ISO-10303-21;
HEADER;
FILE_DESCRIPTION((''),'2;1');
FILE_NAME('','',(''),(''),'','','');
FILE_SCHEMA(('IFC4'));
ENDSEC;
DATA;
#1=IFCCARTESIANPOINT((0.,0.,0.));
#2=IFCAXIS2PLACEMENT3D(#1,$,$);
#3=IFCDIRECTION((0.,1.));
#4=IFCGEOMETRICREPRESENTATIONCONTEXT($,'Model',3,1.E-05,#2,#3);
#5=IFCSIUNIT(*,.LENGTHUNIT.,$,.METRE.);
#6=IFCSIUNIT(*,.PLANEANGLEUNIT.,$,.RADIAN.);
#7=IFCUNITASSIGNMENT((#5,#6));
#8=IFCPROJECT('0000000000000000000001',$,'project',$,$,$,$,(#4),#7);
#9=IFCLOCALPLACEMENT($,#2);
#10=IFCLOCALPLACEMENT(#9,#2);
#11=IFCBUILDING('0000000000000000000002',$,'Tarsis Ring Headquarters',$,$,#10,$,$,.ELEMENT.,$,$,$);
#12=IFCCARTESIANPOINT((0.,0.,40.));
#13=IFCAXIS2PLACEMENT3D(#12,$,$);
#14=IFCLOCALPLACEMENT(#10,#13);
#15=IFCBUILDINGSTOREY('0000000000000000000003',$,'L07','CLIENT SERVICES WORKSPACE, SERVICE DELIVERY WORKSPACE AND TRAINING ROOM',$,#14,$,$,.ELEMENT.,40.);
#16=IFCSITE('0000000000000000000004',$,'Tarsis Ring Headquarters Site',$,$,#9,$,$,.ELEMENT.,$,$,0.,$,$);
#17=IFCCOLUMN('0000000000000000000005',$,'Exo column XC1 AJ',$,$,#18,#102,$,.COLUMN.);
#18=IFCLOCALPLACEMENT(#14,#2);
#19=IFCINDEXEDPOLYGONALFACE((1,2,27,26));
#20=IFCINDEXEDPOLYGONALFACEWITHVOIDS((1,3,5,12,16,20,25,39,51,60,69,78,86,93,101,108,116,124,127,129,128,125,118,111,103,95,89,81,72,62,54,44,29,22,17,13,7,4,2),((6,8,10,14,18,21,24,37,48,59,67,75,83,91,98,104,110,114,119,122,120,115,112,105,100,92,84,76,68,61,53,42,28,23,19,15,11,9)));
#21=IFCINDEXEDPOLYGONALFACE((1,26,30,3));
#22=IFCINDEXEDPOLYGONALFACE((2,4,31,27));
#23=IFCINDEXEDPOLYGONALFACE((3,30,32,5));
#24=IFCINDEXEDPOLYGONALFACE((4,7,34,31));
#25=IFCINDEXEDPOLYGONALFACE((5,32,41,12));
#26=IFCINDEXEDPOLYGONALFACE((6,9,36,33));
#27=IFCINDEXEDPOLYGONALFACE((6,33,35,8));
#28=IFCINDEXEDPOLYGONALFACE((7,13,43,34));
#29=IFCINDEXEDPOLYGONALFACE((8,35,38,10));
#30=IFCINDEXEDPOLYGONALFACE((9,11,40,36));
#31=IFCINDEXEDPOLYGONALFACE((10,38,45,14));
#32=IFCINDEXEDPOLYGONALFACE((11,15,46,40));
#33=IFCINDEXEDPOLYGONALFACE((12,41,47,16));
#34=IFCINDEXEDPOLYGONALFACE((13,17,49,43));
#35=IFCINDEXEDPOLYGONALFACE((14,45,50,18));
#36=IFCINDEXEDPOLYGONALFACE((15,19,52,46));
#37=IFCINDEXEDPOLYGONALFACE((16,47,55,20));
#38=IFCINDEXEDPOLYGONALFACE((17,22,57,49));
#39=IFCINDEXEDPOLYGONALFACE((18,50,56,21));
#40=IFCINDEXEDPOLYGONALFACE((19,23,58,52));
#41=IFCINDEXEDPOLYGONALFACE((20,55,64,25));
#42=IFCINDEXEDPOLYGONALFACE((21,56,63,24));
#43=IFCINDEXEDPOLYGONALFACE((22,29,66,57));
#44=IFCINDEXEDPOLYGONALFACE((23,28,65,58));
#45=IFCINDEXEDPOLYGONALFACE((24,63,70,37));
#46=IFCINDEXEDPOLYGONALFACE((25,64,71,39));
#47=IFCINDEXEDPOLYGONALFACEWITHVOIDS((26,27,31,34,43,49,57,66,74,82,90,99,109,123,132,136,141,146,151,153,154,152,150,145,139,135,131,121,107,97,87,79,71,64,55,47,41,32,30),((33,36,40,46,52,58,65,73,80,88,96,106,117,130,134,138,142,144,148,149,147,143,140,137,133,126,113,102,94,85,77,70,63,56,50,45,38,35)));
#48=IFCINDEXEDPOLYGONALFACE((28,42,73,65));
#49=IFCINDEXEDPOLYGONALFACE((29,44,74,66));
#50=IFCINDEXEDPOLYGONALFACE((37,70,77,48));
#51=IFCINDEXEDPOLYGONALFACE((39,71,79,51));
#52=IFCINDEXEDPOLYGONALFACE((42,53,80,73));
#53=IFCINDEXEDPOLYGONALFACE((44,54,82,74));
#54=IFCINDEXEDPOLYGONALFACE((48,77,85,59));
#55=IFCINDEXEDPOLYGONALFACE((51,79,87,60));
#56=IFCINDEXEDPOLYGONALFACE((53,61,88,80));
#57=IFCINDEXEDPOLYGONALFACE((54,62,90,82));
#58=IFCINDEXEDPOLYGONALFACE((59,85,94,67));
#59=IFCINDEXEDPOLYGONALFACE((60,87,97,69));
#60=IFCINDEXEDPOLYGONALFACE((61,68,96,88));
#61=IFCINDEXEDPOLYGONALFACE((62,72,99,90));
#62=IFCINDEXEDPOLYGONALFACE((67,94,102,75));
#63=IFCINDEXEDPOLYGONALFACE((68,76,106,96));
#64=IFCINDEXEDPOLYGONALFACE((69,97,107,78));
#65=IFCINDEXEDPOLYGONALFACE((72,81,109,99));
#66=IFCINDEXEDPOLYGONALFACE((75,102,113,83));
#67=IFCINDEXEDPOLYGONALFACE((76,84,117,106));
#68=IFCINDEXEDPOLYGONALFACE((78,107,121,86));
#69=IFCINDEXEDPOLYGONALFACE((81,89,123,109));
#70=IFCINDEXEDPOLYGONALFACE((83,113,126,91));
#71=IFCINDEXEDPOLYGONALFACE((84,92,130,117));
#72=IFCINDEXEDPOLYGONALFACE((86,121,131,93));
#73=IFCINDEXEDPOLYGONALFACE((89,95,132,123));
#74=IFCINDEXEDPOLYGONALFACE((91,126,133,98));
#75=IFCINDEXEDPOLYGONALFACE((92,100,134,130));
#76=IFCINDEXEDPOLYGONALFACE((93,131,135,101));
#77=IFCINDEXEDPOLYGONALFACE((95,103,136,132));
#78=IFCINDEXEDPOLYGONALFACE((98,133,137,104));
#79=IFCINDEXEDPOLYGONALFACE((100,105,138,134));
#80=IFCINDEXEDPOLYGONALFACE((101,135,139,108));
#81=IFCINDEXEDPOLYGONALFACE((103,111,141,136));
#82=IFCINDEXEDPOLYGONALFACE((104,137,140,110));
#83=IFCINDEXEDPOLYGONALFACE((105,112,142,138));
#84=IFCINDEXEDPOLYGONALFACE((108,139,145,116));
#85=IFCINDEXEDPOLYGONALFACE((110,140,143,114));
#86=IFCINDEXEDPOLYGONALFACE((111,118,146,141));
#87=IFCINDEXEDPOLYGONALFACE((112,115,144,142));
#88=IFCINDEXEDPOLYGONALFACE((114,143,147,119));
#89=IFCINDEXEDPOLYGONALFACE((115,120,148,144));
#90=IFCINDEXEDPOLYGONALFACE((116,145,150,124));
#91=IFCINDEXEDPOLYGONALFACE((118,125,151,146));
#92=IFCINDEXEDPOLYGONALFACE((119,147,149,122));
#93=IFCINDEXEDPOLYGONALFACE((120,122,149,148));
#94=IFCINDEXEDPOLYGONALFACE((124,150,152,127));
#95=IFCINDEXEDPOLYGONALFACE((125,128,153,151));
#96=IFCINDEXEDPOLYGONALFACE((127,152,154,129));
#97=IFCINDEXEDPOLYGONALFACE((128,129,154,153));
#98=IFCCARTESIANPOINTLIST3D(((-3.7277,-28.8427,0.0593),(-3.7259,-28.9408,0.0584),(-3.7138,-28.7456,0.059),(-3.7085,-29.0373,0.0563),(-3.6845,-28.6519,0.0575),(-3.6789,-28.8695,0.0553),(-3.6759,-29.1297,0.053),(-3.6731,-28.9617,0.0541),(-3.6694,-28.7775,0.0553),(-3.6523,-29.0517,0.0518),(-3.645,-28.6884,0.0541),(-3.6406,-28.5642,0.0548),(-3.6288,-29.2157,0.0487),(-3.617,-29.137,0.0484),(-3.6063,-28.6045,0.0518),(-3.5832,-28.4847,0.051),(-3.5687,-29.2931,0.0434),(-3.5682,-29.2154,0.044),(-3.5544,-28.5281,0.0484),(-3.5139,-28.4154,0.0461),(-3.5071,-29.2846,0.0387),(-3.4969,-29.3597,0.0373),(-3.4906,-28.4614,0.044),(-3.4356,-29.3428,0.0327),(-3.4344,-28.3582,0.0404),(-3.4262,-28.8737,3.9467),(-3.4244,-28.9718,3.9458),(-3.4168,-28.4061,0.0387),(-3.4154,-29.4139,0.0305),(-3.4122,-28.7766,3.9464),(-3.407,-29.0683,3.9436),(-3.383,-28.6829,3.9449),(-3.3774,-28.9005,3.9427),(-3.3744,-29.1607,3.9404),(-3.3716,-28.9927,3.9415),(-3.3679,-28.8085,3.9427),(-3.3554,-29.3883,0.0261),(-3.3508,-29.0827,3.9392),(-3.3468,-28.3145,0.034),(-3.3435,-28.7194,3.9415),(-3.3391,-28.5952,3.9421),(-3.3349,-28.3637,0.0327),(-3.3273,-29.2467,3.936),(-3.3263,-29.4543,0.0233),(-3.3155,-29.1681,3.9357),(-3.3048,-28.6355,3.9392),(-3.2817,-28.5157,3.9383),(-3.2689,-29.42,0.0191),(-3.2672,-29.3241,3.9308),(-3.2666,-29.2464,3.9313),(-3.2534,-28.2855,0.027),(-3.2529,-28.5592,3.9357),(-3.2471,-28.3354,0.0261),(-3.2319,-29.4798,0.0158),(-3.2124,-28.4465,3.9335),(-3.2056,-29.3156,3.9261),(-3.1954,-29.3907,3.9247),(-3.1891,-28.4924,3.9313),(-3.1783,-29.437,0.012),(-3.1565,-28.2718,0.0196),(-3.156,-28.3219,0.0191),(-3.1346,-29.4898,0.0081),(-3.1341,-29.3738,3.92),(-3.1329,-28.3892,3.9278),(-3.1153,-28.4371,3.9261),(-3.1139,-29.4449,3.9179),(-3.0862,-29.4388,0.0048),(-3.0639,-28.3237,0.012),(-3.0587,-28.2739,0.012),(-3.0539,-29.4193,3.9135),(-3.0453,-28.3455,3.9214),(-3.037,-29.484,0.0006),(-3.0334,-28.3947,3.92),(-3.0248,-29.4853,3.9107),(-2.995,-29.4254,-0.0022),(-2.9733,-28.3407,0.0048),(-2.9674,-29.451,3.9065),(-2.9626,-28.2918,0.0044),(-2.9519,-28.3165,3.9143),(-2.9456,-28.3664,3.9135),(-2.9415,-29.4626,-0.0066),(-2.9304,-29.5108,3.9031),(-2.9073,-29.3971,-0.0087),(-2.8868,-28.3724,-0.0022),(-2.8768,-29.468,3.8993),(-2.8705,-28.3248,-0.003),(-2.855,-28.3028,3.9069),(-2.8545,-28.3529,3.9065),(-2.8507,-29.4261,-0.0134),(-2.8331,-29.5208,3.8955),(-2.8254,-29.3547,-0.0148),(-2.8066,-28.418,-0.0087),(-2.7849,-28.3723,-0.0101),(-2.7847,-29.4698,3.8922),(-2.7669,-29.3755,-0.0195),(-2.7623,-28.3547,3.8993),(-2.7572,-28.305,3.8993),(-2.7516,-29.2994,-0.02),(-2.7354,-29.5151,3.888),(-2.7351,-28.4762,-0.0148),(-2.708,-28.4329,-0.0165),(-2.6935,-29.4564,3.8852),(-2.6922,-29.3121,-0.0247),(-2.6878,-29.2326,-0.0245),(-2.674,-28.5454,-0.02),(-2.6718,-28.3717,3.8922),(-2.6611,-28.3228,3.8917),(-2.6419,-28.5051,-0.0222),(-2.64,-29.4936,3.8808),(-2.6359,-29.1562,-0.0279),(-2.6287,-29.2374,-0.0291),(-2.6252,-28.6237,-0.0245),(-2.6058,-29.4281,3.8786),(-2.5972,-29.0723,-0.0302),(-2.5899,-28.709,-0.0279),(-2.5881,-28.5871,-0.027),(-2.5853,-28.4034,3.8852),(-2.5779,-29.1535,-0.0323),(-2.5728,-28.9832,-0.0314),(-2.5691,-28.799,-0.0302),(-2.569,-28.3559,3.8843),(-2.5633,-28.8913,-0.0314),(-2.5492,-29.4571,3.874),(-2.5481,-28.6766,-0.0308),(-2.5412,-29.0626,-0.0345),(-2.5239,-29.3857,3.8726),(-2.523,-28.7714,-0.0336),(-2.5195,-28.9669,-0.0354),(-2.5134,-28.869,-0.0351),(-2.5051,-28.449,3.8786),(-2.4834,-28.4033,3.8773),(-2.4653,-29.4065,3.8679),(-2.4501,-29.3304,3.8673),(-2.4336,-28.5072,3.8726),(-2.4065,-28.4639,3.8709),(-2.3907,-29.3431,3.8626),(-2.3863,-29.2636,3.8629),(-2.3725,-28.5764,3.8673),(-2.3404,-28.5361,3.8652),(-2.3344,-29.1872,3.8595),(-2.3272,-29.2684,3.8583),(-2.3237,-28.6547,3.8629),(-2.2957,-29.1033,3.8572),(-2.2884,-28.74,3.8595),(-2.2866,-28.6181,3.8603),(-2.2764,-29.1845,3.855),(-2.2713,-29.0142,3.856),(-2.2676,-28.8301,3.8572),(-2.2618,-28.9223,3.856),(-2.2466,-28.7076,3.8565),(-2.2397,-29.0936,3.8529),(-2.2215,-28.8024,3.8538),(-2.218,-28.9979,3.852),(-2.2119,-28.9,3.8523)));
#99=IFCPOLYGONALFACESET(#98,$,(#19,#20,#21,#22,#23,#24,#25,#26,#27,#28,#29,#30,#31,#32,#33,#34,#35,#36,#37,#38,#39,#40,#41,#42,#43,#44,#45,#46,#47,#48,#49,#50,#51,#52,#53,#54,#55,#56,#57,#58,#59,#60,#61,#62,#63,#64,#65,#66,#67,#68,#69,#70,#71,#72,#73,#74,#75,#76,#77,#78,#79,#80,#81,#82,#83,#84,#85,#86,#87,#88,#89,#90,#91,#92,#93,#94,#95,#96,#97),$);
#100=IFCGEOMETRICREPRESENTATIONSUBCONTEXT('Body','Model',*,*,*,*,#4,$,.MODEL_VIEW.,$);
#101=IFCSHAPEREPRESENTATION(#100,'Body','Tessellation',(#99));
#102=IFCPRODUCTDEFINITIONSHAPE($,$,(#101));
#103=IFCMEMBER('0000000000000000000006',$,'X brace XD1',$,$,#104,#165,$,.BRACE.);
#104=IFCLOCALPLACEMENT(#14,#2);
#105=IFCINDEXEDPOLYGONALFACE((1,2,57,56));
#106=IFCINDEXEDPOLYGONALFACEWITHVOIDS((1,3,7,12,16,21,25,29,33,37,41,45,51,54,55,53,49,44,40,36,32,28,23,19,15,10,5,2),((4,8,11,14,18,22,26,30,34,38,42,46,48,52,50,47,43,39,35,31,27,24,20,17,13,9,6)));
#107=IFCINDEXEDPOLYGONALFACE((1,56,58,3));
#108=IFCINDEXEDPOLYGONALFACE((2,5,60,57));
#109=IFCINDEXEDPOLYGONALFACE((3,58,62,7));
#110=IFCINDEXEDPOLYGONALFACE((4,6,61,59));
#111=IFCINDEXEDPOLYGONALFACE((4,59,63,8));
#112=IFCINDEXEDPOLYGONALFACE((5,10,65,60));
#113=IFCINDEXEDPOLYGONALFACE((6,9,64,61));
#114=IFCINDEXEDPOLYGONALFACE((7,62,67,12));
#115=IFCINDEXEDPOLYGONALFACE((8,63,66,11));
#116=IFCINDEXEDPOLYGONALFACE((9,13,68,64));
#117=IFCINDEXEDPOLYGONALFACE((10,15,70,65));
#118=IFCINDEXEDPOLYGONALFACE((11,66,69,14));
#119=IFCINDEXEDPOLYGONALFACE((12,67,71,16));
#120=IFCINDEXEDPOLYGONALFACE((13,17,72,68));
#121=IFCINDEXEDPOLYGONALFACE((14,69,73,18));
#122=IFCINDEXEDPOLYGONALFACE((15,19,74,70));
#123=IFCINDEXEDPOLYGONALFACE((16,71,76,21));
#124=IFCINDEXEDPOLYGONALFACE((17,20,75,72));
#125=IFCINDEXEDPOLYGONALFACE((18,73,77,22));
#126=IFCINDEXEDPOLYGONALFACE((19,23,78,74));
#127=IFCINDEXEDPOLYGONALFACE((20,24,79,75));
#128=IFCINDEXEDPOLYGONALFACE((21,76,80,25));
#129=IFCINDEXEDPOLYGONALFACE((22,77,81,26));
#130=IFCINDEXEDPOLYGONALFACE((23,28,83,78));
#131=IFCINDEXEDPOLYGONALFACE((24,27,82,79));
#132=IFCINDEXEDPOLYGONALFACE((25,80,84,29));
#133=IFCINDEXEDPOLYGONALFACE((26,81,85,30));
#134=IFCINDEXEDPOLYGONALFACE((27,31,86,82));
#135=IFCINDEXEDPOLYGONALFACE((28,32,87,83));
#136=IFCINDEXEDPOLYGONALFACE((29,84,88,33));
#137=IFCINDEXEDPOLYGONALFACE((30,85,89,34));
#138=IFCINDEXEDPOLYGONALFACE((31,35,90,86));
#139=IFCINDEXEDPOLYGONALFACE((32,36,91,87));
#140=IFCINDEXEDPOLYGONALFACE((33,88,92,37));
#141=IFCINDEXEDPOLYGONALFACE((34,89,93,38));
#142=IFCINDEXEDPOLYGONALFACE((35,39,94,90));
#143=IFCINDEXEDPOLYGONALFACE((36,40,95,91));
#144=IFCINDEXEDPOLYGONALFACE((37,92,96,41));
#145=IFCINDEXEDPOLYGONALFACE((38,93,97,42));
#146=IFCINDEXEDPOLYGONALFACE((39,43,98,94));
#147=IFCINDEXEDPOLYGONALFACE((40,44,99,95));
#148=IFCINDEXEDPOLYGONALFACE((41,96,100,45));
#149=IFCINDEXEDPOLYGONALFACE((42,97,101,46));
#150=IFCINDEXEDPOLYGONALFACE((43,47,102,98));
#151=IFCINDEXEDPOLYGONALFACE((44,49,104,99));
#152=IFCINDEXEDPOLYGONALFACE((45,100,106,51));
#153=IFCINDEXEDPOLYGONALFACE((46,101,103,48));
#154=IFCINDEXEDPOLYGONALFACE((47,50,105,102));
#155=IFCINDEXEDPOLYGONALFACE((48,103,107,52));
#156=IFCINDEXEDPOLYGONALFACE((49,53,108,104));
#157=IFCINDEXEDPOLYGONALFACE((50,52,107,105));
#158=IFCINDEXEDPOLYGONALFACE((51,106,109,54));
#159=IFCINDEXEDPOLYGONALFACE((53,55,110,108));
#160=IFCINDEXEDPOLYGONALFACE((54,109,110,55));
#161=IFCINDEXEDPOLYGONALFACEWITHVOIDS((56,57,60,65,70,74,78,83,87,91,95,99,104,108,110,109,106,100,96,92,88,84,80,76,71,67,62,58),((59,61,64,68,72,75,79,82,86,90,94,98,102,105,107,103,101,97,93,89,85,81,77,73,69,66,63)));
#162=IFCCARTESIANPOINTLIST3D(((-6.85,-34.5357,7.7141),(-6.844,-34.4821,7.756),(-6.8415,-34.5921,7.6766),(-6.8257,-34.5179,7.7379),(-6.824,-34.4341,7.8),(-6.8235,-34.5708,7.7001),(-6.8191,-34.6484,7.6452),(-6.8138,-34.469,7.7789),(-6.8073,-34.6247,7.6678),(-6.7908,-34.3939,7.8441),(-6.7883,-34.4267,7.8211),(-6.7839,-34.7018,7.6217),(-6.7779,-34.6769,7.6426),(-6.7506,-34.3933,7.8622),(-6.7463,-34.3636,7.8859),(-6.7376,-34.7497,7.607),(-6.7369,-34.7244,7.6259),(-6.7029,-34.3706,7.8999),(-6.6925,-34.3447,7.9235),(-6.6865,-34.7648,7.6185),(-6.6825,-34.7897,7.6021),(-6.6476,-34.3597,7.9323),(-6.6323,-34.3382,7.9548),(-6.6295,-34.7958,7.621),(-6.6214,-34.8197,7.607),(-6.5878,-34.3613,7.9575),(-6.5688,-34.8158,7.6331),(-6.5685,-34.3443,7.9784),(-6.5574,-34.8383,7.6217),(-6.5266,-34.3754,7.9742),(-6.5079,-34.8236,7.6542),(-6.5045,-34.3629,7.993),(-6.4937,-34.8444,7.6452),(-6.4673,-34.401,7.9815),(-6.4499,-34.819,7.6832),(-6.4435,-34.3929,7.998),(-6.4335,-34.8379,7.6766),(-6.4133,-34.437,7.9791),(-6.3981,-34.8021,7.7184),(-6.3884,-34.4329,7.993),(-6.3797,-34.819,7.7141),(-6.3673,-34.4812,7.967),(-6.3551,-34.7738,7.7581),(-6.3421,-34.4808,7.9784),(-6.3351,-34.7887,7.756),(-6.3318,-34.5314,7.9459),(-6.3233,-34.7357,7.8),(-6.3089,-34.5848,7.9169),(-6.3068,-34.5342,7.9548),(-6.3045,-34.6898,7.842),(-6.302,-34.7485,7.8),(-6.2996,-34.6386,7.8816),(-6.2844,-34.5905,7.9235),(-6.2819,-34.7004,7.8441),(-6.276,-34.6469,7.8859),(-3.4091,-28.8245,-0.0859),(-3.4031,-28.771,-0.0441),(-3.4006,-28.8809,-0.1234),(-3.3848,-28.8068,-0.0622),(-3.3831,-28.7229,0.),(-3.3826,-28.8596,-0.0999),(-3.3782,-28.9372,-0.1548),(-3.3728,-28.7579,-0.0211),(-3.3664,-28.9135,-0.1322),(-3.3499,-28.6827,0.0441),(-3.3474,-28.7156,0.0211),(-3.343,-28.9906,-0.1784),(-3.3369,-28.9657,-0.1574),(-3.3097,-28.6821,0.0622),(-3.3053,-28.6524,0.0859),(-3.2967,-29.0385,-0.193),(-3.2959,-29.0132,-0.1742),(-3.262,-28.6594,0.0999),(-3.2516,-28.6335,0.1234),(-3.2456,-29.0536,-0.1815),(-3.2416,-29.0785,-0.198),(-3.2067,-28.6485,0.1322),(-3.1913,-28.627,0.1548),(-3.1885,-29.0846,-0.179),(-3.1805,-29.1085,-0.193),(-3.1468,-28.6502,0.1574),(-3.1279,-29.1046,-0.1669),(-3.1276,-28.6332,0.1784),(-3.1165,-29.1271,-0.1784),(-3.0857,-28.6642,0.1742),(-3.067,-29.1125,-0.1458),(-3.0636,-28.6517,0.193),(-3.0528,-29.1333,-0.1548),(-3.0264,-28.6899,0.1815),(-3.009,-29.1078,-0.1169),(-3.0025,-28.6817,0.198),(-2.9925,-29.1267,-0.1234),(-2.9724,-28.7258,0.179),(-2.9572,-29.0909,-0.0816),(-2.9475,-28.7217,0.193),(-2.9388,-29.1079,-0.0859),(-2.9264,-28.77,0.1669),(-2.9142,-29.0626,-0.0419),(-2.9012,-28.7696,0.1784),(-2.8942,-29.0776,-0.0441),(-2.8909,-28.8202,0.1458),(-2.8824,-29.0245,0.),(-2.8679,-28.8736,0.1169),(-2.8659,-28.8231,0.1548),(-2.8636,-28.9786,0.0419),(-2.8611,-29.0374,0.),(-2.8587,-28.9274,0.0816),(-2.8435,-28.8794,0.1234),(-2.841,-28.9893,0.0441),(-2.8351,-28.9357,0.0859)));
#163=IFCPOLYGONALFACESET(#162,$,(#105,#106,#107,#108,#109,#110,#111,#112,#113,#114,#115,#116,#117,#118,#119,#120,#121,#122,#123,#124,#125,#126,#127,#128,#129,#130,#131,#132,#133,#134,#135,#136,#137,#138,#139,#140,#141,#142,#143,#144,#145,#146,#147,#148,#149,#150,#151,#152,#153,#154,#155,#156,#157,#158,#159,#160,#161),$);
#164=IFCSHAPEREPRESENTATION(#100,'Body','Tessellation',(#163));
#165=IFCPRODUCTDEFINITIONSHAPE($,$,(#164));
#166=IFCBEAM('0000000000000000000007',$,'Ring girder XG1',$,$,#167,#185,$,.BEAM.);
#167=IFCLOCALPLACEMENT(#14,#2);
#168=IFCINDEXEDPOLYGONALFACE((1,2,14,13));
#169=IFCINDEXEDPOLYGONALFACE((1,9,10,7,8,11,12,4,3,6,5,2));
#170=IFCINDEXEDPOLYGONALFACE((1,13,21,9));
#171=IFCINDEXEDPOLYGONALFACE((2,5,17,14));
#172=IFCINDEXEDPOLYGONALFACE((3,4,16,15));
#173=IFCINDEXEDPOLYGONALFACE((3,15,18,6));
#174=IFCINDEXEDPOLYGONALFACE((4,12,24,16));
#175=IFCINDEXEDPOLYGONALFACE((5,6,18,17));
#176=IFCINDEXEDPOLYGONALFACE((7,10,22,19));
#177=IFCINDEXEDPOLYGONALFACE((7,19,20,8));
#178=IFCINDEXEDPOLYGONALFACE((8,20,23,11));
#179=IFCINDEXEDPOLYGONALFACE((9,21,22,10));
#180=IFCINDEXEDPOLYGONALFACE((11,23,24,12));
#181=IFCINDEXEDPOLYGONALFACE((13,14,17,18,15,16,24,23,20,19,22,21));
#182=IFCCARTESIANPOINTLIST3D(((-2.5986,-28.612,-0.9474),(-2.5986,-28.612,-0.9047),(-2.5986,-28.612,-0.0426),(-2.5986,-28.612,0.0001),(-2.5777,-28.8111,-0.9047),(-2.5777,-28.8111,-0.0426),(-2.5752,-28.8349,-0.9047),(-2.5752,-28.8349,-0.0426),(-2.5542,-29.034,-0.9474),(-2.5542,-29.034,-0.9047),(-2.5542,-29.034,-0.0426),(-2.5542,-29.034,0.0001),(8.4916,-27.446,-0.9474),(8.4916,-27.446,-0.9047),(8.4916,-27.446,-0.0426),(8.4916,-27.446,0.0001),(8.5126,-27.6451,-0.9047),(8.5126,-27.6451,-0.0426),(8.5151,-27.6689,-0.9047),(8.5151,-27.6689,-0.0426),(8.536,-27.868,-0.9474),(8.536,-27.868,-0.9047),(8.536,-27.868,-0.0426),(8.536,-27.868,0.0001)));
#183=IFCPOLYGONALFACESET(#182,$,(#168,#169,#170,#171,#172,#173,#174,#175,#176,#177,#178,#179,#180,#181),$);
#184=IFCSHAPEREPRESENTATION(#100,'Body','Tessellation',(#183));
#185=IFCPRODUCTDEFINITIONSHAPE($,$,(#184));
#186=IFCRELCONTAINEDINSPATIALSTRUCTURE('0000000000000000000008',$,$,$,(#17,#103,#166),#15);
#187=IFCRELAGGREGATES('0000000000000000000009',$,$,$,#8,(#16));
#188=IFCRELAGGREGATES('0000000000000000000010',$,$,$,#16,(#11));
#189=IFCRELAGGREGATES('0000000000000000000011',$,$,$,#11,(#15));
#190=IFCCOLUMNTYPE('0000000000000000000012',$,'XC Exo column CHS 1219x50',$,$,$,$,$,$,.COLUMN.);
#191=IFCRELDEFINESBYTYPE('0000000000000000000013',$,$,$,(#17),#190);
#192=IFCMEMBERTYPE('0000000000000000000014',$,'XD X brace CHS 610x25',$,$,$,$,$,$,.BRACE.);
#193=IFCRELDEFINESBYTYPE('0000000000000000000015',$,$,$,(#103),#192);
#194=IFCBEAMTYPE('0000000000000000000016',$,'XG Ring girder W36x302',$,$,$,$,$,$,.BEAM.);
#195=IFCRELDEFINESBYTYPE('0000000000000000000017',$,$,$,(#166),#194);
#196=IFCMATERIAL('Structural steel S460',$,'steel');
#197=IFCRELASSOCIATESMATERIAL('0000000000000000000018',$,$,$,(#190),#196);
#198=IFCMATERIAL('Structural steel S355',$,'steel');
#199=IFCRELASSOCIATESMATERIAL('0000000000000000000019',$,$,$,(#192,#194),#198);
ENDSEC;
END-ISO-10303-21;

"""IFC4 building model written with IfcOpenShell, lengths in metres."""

from ifc_helpers import new_model, si_unit, direction, frame, origin, origin_2d, place, context, subcontext, project, spatial, hollow_circle, i_section, extrude, material, material_profile, profile_set, type_object, element, save


model = new_model("IFC4")

# Units and contexts
model_context = context("Model", 3, precision=1e-05, world=origin(), true_north=direction((0.0, 1.0)))
body_context = subcontext(model_context, "Body", "Model", "MODEL_VIEW")
ifc_project = project(units=[si_unit("LENGTHUNIT", "METRE"), si_unit("PLANEANGLEUNIT", "RADIAN")], contexts=[model_context])

# Site, building, storey
site_placement = place(None, origin())
site = spatial("IfcSite", under=ifc_project, at=site_placement, Name="Tarsis Ring Headquarters Site", CompositionType="ELEMENT", RefElevation=0.0)
building_placement = place(site_placement, origin())
building = spatial("IfcBuilding", under=site, at=building_placement, Name="Tarsis Ring Headquarters", CompositionType="ELEMENT")
storey_placement = place(building_placement, frame((0.0, 0.0, 40.0)))
storey = spatial("IfcBuildingStorey", under=building, at=storey_placement, Name="L07", Description="CLIENT SERVICES WORKSPACE, SERVICE DELIVERY WORKSPACE AND TRAINING ROOM", CompositionType="ELEMENT", Elevation=40.0)

# Column
ifc_material_1 = material(Name="Structural steel S460", Category="steel")
ifc_material_profile_1 = material_profile(ifc_material_1, hollow_circle(Radius=0.6096, WallThickness=0.05, at=origin_2d()), Name="CHS 1219x50")
ifc_profile_set_1 = profile_set([ifc_material_profile_1], Name="Structural steel S460")
column_type = type_object("IfcColumnType", Name="XC Exo column CHS 1219x50", PredefinedType="COLUMN", material=ifc_profile_set_1)
column_placement = place(storey_placement, frame((-3.1211, -28.8804, 0.012), z_axis=(0.077326, -0.007952, 0.996974), x_axis=(0.102295, 0.994754, 0.0)))
element("IfcColumn", 1, at=column_placement, inside=storey, type_object=column_type, Name="Exo column XC1 AJ", PredefinedType="COLUMN", context=body_context, shape_type="SweptSolid", body=[
    extrude(hollow_circle(Radius=0.6096, WallThickness=0.05, at=origin_2d()), origin(), (0.0, 0.0, 1.0), 3.8992),
])

# Member
ifc_material_2 = material(Name="Structural steel S355", Category="steel")
ifc_material_profile_2 = material_profile(ifc_material_2, hollow_circle(Radius=0.3047, WallThickness=0.0249, at=origin_2d()), Name="CHS 610x25")
ifc_profile_set_2 = profile_set([ifc_material_profile_2], Name="Structural steel S355")
member_type = type_object("IfcMemberType", Name="XD X brace CHS 610x25", PredefinedType="BRACE", material=ifc_profile_set_2)
member_placement = place(storey_placement, frame((-3.1221, -28.8801, 0.0), z_axis=(-0.335323, -0.556564, 0.760128), x_axis=(0.856551, -0.516062, 0.0)))
element("IfcMember", 2, at=member_placement, inside=storey, type_object=member_type, Name="X brace XD1", PredefinedType="BRACE", context=body_context, shape_type="SweptSolid", body=[
    extrude(hollow_circle(Radius=0.3047, WallThickness=0.0249, at=origin_2d()), origin(), (0.0, 0.0, 1.0), 10.2615),
])

# Beam
ifc_material_profile_3 = material_profile(ifc_material_2, i_section(OverallWidth=0.4243, OverallDepth=0.9475, WebThickness=0.0239, FlangeThickness=0.0427, at=origin_2d()), Name="W36x302")
ifc_profile_set_3 = profile_set([ifc_material_profile_3], Name="Structural steel S355")
beam_type = type_object("IfcBeamType", Name="XG Ring girder W36x302", PredefinedType="BEAM", material=ifc_profile_set_3)
beam_placement = place(storey_placement, frame((-2.5764, -28.823, -0.4736), z_axis=(0.994518, 0.104562, 0.0), x_axis=(-0.104562, 0.994518, 0.0)))
element("IfcBeam", 3, at=beam_placement, inside=storey, type_object=beam_type, Name="Ring girder XG1", PredefinedType="BEAM", context=body_context, shape_type="SweptSolid", body=[
    extrude(i_section(OverallWidth=0.4243, OverallDepth=0.9475, WebThickness=0.0239, FlangeThickness=0.0427, at=origin_2d()), origin(), (0.0, 0.0, 1.0), 11.1514),
])

save(model, "model.ifc")
